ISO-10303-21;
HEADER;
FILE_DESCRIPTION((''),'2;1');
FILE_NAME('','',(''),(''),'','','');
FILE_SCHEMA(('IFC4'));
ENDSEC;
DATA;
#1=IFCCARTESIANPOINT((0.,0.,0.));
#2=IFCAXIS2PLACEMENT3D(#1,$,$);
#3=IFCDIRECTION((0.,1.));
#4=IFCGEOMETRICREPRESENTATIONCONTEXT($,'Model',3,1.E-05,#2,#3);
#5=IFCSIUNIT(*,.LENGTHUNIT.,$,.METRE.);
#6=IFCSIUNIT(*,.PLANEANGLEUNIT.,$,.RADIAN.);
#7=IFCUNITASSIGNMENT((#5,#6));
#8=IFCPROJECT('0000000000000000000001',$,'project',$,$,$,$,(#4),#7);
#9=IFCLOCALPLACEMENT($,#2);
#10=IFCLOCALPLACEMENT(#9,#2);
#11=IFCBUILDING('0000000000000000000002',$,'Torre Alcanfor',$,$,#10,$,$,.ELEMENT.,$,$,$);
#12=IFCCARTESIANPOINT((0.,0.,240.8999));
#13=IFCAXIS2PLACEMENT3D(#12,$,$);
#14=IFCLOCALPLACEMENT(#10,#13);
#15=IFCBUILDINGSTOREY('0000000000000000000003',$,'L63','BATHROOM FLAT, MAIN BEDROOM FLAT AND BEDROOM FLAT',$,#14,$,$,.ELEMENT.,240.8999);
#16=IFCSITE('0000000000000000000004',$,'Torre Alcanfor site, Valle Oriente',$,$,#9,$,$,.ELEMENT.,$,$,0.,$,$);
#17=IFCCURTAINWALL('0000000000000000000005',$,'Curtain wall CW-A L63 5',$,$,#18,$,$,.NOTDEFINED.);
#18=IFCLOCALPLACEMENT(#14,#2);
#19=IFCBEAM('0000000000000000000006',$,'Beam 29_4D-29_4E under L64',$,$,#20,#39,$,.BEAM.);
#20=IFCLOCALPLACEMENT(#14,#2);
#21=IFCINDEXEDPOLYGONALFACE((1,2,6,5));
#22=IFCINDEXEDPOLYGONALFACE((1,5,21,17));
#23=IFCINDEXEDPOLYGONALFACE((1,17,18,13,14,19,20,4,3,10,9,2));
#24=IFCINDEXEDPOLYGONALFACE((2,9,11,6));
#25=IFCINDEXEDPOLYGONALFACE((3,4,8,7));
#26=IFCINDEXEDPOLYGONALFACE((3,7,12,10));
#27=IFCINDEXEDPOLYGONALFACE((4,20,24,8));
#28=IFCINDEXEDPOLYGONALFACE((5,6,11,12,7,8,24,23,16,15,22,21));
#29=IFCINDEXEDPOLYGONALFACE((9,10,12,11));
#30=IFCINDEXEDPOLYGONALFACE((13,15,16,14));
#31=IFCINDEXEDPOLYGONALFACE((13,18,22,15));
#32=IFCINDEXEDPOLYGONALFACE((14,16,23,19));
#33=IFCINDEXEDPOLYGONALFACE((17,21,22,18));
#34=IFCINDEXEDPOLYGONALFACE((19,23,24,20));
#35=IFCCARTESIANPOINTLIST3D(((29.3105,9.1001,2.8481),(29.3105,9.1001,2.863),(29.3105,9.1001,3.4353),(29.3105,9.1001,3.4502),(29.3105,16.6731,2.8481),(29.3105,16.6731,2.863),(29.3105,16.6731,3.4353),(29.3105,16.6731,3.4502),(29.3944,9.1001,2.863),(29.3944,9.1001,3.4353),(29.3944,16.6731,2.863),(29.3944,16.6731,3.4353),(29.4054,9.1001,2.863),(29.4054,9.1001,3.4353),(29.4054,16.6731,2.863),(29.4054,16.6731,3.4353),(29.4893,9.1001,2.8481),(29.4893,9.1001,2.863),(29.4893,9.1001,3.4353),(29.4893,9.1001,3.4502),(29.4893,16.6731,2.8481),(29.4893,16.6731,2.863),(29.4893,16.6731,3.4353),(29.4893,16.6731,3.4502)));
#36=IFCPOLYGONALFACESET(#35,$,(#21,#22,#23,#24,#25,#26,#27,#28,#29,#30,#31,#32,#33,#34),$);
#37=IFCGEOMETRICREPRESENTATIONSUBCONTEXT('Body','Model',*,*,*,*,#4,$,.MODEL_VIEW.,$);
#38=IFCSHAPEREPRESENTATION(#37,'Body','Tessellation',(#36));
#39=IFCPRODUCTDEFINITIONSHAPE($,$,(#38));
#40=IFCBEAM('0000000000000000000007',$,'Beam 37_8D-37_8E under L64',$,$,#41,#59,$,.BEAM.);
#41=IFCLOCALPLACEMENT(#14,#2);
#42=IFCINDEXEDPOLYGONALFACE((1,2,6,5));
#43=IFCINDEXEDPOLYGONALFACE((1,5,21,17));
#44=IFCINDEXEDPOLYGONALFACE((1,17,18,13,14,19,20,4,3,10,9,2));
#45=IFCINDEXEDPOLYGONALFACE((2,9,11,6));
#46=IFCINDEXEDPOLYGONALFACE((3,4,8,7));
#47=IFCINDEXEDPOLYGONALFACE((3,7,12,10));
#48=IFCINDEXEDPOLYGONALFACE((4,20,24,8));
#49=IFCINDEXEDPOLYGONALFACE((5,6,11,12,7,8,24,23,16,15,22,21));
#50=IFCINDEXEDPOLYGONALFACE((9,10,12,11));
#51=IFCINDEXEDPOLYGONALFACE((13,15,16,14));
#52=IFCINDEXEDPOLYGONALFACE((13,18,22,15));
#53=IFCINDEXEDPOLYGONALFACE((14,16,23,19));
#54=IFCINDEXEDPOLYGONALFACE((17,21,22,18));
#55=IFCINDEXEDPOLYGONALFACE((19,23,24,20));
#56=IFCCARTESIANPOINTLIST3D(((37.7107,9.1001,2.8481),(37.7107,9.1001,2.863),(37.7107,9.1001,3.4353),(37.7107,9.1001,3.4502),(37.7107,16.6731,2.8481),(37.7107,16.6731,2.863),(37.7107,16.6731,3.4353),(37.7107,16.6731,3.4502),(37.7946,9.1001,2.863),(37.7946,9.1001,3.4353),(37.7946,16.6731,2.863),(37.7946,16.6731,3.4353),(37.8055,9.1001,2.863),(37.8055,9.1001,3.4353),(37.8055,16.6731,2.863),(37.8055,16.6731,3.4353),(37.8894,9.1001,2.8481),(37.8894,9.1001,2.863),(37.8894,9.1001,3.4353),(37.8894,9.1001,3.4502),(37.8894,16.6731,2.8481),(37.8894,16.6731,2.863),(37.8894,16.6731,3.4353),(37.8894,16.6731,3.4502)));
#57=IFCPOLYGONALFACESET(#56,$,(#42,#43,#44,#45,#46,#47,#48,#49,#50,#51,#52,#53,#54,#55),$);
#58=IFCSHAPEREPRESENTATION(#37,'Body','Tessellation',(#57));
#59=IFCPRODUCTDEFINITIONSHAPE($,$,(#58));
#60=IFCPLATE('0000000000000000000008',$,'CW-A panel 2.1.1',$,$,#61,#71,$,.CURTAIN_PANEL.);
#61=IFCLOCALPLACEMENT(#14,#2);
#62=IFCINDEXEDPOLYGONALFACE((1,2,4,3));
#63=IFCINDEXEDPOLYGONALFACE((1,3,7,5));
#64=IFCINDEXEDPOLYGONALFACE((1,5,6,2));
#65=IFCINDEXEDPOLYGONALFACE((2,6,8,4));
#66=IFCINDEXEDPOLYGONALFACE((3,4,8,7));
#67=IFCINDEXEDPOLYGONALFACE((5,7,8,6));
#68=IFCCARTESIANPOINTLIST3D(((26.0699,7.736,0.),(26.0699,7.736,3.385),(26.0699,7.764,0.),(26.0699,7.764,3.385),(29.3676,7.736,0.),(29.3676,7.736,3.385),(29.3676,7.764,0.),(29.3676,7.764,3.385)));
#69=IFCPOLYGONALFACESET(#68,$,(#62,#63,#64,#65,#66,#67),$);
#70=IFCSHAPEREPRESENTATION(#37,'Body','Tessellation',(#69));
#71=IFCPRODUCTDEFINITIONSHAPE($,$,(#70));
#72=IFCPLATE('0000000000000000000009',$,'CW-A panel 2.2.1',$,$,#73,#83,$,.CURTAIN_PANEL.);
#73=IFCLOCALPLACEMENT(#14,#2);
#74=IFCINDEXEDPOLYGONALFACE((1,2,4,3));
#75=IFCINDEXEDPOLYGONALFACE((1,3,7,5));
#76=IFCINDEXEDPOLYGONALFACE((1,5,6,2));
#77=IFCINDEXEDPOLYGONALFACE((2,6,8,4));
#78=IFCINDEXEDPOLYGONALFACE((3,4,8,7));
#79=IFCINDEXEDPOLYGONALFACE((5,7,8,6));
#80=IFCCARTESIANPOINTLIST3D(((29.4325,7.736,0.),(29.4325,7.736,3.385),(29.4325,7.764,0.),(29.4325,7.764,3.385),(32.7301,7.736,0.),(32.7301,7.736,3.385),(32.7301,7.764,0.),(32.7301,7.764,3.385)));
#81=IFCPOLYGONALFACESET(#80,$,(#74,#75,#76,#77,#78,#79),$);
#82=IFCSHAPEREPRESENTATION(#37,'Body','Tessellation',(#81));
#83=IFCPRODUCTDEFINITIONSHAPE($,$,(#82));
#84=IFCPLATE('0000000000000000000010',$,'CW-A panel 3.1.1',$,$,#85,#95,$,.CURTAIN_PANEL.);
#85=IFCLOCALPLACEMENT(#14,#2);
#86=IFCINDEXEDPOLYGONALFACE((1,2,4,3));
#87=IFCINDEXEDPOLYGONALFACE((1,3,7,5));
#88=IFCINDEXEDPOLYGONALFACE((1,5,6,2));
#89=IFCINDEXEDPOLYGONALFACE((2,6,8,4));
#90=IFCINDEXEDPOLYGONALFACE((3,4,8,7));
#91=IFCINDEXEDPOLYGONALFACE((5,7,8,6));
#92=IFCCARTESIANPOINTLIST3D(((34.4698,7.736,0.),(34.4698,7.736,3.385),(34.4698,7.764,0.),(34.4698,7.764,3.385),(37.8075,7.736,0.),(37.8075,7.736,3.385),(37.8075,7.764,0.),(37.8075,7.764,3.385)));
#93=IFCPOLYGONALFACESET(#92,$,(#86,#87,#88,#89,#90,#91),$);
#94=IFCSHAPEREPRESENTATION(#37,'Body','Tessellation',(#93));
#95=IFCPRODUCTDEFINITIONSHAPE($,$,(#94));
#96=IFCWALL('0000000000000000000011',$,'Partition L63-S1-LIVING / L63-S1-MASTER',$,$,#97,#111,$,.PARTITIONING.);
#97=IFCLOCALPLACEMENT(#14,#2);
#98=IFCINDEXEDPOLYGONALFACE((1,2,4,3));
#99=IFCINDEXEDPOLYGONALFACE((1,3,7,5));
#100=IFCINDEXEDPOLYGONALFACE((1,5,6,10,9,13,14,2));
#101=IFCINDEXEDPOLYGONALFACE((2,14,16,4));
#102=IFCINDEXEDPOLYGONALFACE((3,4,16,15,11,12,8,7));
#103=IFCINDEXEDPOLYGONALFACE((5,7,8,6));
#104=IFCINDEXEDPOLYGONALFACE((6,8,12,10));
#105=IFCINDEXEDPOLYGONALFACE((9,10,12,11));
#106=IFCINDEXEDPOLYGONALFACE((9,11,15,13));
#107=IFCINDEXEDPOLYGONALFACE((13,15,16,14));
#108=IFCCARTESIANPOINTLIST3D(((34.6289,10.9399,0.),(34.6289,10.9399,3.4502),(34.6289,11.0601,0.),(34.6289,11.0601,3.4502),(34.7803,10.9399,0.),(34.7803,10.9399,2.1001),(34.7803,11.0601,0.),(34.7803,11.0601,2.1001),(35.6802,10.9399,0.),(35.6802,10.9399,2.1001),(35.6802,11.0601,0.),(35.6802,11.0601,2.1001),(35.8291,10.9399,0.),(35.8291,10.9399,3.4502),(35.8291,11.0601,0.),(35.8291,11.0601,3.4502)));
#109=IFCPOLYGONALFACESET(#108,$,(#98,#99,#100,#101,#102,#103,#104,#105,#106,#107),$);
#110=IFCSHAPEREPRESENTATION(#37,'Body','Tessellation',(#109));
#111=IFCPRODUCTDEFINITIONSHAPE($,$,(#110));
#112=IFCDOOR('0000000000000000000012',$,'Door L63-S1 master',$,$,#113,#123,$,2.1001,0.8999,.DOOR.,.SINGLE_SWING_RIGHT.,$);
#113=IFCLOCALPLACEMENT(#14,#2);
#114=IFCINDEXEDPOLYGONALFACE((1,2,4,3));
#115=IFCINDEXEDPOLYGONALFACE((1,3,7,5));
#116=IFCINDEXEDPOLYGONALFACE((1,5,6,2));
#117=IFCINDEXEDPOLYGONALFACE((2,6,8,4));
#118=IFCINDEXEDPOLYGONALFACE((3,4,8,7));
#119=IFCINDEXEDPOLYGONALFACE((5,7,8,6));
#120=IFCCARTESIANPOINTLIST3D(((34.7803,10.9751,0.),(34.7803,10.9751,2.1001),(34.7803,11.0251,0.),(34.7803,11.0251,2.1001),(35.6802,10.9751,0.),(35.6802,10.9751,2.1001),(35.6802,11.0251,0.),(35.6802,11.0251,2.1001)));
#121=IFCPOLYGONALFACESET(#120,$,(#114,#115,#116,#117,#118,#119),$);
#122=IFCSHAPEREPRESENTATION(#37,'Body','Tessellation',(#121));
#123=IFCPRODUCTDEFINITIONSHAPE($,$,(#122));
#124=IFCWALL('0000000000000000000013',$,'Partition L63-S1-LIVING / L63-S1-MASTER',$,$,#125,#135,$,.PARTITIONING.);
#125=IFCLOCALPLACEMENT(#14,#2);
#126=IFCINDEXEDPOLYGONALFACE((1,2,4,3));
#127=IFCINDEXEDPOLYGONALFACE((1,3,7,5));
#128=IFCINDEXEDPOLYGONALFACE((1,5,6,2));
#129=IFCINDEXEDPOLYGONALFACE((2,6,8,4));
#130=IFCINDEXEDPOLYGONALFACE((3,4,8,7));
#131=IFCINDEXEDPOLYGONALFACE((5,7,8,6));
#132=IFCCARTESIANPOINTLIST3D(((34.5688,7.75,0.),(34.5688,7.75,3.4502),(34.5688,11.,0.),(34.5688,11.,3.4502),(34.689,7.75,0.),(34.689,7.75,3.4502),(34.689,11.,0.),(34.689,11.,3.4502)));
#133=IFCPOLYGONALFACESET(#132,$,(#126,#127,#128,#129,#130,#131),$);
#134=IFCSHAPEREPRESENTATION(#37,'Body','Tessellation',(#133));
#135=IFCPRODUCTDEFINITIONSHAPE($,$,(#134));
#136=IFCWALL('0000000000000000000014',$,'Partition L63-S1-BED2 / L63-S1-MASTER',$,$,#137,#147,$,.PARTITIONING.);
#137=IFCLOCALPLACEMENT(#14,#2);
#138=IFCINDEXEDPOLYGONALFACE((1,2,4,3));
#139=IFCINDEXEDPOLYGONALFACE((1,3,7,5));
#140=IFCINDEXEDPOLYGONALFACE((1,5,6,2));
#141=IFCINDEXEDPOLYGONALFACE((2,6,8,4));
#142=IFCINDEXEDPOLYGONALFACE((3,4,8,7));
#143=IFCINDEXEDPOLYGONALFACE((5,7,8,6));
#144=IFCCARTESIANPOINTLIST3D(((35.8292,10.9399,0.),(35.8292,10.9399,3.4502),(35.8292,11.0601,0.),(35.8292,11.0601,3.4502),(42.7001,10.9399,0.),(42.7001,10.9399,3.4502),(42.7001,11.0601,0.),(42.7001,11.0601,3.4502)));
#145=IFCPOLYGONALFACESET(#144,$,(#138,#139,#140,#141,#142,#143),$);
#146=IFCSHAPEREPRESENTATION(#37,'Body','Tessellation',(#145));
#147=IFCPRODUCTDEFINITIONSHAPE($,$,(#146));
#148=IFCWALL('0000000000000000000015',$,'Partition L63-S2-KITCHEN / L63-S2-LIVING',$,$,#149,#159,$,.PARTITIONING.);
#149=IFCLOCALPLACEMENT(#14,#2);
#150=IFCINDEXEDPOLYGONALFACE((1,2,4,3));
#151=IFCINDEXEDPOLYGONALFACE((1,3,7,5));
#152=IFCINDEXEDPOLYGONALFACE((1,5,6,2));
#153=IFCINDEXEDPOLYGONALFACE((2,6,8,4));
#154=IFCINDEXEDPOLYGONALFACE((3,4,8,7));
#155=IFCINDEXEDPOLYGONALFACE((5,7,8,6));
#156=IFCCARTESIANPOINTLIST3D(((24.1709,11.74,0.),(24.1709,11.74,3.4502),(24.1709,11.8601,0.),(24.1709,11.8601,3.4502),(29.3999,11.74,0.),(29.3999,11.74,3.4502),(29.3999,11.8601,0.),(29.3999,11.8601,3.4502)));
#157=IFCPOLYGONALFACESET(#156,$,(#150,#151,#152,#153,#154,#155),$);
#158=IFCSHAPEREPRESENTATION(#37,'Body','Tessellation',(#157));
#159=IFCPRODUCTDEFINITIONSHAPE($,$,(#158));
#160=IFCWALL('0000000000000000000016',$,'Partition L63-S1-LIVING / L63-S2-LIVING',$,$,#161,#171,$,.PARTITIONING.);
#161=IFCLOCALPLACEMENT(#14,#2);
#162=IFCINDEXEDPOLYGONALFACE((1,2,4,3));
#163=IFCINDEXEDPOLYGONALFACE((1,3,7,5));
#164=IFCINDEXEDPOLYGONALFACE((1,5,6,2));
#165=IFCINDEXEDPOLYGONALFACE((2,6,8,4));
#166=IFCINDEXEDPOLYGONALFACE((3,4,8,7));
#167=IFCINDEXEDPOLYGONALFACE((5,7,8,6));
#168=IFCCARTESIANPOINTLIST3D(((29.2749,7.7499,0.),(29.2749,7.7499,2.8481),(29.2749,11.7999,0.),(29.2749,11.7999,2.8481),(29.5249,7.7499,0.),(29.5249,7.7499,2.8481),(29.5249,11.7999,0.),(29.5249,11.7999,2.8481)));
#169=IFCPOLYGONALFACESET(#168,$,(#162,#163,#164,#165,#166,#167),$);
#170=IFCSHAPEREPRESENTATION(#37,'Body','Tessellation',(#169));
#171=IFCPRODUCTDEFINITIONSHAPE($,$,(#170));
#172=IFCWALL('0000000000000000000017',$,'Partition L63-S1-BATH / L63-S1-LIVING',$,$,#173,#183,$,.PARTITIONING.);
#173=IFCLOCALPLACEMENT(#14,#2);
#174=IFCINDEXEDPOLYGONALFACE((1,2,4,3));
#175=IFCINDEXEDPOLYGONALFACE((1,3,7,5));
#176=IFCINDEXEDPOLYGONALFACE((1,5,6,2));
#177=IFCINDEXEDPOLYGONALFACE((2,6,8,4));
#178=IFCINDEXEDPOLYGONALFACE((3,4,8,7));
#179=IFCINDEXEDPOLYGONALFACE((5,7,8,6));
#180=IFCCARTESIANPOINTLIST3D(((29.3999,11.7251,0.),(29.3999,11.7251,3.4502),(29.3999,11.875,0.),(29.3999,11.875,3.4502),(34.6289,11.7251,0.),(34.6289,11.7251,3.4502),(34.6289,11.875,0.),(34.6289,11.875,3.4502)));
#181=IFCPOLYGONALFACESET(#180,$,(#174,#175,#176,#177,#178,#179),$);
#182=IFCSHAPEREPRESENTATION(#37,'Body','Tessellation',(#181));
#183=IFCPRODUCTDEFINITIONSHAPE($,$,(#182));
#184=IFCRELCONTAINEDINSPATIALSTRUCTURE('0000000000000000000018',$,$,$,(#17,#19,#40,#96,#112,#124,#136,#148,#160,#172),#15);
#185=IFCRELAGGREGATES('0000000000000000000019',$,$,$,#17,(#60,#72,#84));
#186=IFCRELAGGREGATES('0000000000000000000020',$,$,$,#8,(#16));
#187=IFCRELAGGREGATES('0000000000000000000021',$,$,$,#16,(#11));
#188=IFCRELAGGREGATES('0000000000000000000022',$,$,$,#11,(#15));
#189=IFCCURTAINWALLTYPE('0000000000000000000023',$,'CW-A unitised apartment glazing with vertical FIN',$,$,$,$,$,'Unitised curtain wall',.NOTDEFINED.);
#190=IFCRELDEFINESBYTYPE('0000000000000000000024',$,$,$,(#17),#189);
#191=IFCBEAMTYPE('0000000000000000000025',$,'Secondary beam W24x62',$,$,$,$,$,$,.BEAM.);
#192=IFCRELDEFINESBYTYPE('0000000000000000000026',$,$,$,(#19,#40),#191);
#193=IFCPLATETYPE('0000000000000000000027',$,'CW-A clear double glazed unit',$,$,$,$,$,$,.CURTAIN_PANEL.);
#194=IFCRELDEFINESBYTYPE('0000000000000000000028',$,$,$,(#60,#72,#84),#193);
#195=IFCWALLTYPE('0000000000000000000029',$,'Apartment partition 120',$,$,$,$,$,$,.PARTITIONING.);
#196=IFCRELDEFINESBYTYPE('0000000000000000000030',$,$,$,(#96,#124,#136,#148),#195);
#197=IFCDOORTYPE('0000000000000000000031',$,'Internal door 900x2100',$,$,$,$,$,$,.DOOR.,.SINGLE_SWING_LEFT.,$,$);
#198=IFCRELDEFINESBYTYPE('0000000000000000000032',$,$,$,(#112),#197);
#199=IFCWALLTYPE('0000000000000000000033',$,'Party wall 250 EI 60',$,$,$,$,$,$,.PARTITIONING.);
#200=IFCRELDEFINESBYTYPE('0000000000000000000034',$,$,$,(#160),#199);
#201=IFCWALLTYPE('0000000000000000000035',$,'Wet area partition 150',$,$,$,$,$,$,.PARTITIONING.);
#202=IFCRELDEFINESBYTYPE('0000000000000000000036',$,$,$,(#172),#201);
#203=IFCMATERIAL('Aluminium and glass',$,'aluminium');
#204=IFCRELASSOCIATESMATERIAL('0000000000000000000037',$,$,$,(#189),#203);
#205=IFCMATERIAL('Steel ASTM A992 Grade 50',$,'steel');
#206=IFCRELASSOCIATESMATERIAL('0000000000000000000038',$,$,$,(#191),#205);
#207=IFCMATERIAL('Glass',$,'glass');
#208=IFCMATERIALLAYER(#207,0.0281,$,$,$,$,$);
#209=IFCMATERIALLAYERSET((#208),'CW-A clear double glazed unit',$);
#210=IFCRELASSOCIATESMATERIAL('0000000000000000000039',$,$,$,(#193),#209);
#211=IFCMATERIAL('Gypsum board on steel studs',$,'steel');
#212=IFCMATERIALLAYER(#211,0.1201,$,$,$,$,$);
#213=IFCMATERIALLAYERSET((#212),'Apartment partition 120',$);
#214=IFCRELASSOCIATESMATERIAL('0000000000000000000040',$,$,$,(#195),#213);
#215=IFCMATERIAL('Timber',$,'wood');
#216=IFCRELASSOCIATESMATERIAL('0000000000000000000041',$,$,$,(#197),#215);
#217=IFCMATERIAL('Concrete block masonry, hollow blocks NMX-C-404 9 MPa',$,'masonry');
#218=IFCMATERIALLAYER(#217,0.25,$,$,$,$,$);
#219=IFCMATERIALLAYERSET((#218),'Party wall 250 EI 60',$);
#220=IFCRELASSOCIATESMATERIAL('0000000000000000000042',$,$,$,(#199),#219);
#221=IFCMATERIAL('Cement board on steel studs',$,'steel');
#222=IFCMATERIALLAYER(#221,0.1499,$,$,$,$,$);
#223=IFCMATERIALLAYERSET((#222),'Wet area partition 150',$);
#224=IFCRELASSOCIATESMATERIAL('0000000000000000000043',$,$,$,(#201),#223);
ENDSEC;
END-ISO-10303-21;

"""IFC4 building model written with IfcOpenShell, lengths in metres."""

from ifc_helpers import new_model, si_unit, direction, frame, frame_2d, origin, origin_2d, place, context, subcontext, project, spatial, rectangle, i_section, extrude, material, layer, layer_set, material_profile, profile_set, type_object, element, fill, aggregate, save


model = new_model("IFC4")

# Units and contexts
model_context = context("Model", 3, precision=1e-05, world=origin(), true_north=direction((0.0, 1.0)))
body_context = subcontext(model_context, "Body", "Model", "MODEL_VIEW")
ifc_project = project(units=[si_unit("LENGTHUNIT", "METRE"), si_unit("PLANEANGLEUNIT", "RADIAN")], contexts=[model_context])

# Site, building, storey
site_placement = place(None, origin())
site = spatial("IfcSite", under=ifc_project, at=site_placement, Name="Torre Alcanfor site, Valle Oriente", CompositionType="ELEMENT", RefElevation=0.0)
building_placement = place(site_placement, origin())
building = spatial("IfcBuilding", under=site, at=building_placement, Name="Torre Alcanfor", CompositionType="ELEMENT")
storey_placement = place(building_placement, frame((0.0, 0.0, 240.8999)))
storey = spatial("IfcBuildingStorey", under=building, at=storey_placement, Name="L63", Description="BATHROOM FLAT, MAIN BEDROOM FLAT AND BEDROOM FLAT", CompositionType="ELEMENT", Elevation=240.8999)

# Curtain wall
ifc_material_1 = material(Name="Aluminium and glass", Category="aluminium")
curtain_wall_type = type_object("IfcCurtainWallType", Name="CW-A unitised apartment glazing with vertical FIN", ElementType="Unitised curtain wall", PredefinedType="NOTDEFINED", material=ifc_material_1)
curtain_wall_placement = place(storey_placement, origin())
curtain_wall = element("IfcCurtainWall", 1, at=curtain_wall_placement, inside=storey, type_object=curtain_wall_type, Name="Curtain wall CW-A L63 5", PredefinedType="NOTDEFINED")

# Beams
ifc_material_2 = material(Name="Steel ASTM A992 Grade 50", Category="steel")
ifc_material_profile_1 = material_profile(ifc_material_2, i_section(OverallWidth=0.1787, OverallDepth=0.6021, WebThickness=0.011, FlangeThickness=0.0149, at=origin_2d()), Name="W24x62")
ifc_profile_set_1 = profile_set([ifc_material_profile_1], Name="Steel ASTM A992 Grade 50")
beam_type_1 = type_object("IfcBeamType", Name="Secondary beam W24x62", PredefinedType="BEAM", material=ifc_profile_set_1)
for number, where, z_axis, x_axis, name in (
    (2, (29.3999, 9.1001, 3.1492), (0.0, 1.0, 0.0), (-1.0, 0.0, 0.0), "Beam 29_4D-29_4E under L64"),
    (3, (37.8, 9.1001, 3.1492), (0.0, 1.0, 0.0), (-1.0, 0.0, 0.0), "Beam 37_8D-37_8E under L64"),
):
    element("IfcBeam", number, at=place(storey_placement, frame(where, z_axis=z_axis, x_axis=x_axis)), inside=storey, type_object=beam_type_1, Name=name, PredefinedType="BEAM", context=body_context, shape_type="SweptSolid", body=[
        extrude(i_section(OverallWidth=0.1787, OverallDepth=0.6021, WebThickness=0.011, FlangeThickness=0.0149, at=origin_2d()), origin(), (0.0, 0.0, 1.0), 7.573),
    ])

# Plates
ifc_material_3 = material(Name="Glass", Category="glass")
ifc_layer_1 = layer(ifc_material_3, 0.0281)
ifc_layer_set_1 = layer_set([ifc_layer_1], Name="CW-A clear double glazed unit")
plate_type = type_object("IfcPlateType", Name="CW-A clear double glazed unit", PredefinedType="CURTAIN_PANEL", material=ifc_layer_set_1)
plate_1_placement = place(storey_placement, frame((27.7188, 7.75, 0.0), z_axis=(0.0, 0.0, 1.0), x_axis=(1.0, 0.0, 0.0)))
plate_1 = element("IfcPlate", 4, at=plate_1_placement, type_object=plate_type, Name="CW-A panel 2.1.1", PredefinedType="CURTAIN_PANEL", context=body_context, shape_type="SweptSolid", body=[
    extrude(rectangle(XDim=3.2976, YDim=0.0281, at=origin_2d()), origin(), (0.0, 0.0, 1.0), 3.385),
])
plate_2_placement = place(storey_placement, frame((31.0813, 7.75, 0.0), z_axis=(0.0, 0.0, 1.0), x_axis=(1.0, 0.0, 0.0)))
plate_2 = element("IfcPlate", 5, at=plate_2_placement, type_object=plate_type, Name="CW-A panel 2.2.1", PredefinedType="CURTAIN_PANEL", context=body_context, shape_type="SweptSolid", body=[
    extrude(rectangle(XDim=3.2976, YDim=0.0281, at=origin_2d()), origin(), (0.0, 0.0, 1.0), 3.385),
])
plate_3_placement = place(storey_placement, frame((36.1387, 7.75, 0.0), z_axis=(0.0, 0.0, 1.0), x_axis=(1.0, 0.0, 0.0)))
plate_3 = element("IfcPlate", 6, at=plate_3_placement, type_object=plate_type, Name="CW-A panel 3.1.1", PredefinedType="CURTAIN_PANEL", context=body_context, shape_type="SweptSolid", body=[
    extrude(rectangle(XDim=3.3376, YDim=0.0281, at=origin_2d()), origin(), (0.0, 0.0, 1.0), 3.385),
])
aggregate(curtain_wall, [plate_1, plate_2, plate_3])

# Wall, opening, door
ifc_material_4 = material(Name="Gypsum board on steel studs", Category="steel")
ifc_layer_2 = layer(ifc_material_4, 0.1201)
ifc_layer_set_2 = layer_set([ifc_layer_2], Name="Apartment partition 120")
wall_type_1 = type_object("IfcWallType", Name="Apartment partition 120", PredefinedType="PARTITIONING", material=ifc_layer_set_2)
wall_1_placement = place(storey_placement, frame((35.8291, 11.0, 0.0), z_axis=(0.0, 0.0, 1.0), x_axis=(-1.0, 0.0, 0.0)))
wall_1 = element("IfcWall", 7, at=wall_1_placement, inside=storey, type_object=wall_type_1, Name="Partition L63-S1-LIVING / L63-S1-MASTER", PredefinedType="PARTITIONING", context=body_context, shape_type="SweptSolid", body=[
    extrude(rectangle(XDim=1.2002, YDim=0.1201, at=frame_2d((0.6001, 0.0))), origin(), (0.0, 0.0, 1.0), 3.4502),
])
opening_placement = place(wall_1_placement, frame((0.1489, 0.0, 0.0)))
opening = element("IfcOpeningElement", 8, at=opening_placement, cuts=wall_1, PredefinedType="OPENING", context=body_context, shape_type="SweptSolid", body=[
    extrude(rectangle(XDim=0.8999, YDim=2.1001, at=frame_2d((0.45, 1.05))), frame((0.0, 0.0701, 0.0), z_axis=(0.0, -1.0, 0.0), x_axis=(1.0, 0.0, 0.0)), (0.0, 0.0, 1.0), 0.1401),
])
ifc_material_5 = material(Name="Timber", Category="wood")
door_type = type_object("IfcDoorType", Name="Internal door 900x2100", OperationType="SINGLE_SWING_LEFT", PredefinedType="DOOR", material=ifc_material_5)
door_placement = place(opening_placement, origin())
door = element("IfcDoor", 9, at=door_placement, inside=storey, type_object=door_type, Name="Door L63-S1 master", OperationType="SINGLE_SWING_RIGHT", OverallHeight=2.1001, OverallWidth=0.8999, PredefinedType="DOOR", context=body_context, shape_type="SweptSolid", body=[
    extrude(rectangle(XDim=0.8999, YDim=2.1001, at=frame_2d((0.45, 1.05))), frame((0.0, 0.0249, 0.0), z_axis=(0.0, -1.0, 0.0), x_axis=(1.0, 0.0, 0.0)), (0.0, 0.0, 1.0), 0.05),
])
fill(opening, door)

# Walls
wall_2_placement = place(storey_placement, frame((34.6289, 11.0, 0.0), z_axis=(0.0, 0.0, 1.0), x_axis=(0.0, -1.0, 0.0)))
element("IfcWall", 10, at=wall_2_placement, inside=storey, type_object=wall_type_1, Name="Partition L63-S1-LIVING / L63-S1-MASTER", PredefinedType="PARTITIONING", context=body_context, shape_type="SweptSolid", body=[
    extrude(rectangle(XDim=3.25, YDim=0.1201, at=frame_2d((1.625, 0.0))), origin(), (0.0, 0.0, 1.0), 3.4502),
])
wall_3_placement = place(storey_placement, frame((35.8291, 11.0, 0.0), z_axis=(0.0, 0.0, 1.0), x_axis=(1.0, 0.0, 0.0)))
element("IfcWall", 11, at=wall_3_placement, inside=storey, type_object=wall_type_1, Name="Partition L63-S1-BED2 / L63-S1-MASTER", PredefinedType="PARTITIONING", context=body_context, shape_type="SweptSolid", body=[
    extrude(rectangle(XDim=6.8708, YDim=0.1201, at=frame_2d((3.4355, 0.0))), origin(), (0.0, 0.0, 1.0), 3.4502),
])
wall_4_placement = place(storey_placement, frame((29.3999, 11.8, 0.0), z_axis=(0.0, 0.0, 1.0), x_axis=(-1.0, 0.0, 0.0)))
element("IfcWall", 12, at=wall_4_placement, inside=storey, type_object=wall_type_1, Name="Partition L63-S2-KITCHEN / L63-S2-LIVING", PredefinedType="PARTITIONING", context=body_context, shape_type="SweptSolid", body=[
    extrude(rectangle(XDim=5.229, YDim=0.1201, at=frame_2d((2.6145, 0.0))), origin(), (0.0, 0.0, 1.0), 3.4502),
])
ifc_material_6 = material(Name="Concrete block masonry, hollow blocks NMX-C-404 9 MPa", Category="masonry")
ifc_layer_3 = layer(ifc_material_6, 0.25)
ifc_layer_set_3 = layer_set([ifc_layer_3], Name="Party wall 250 EI 60")
wall_type_2 = type_object("IfcWallType", Name="Party wall 250 EI 60", PredefinedType="PARTITIONING", material=ifc_layer_set_3)
wall_5_placement = place(storey_placement, frame((29.3999, 7.75, 0.0), z_axis=(0.0, 0.0, 1.0), x_axis=(0.0, 1.0, 0.0)))
element("IfcWall", 13, at=wall_5_placement, inside=storey, type_object=wall_type_2, Name="Partition L63-S1-LIVING / L63-S2-LIVING", PredefinedType="PARTITIONING", context=body_context, shape_type="SweptSolid", body=[
    extrude(rectangle(XDim=4.05, YDim=0.25, at=frame_2d((2.0249, 0.0))), origin(), (0.0, 0.0, 1.0), 2.8481),
])
ifc_material_7 = material(Name="Cement board on steel studs", Category="steel")
ifc_layer_4 = layer(ifc_material_7, 0.1499)
ifc_layer_set_4 = layer_set([ifc_layer_4], Name="Wet area partition 150")
wall_type_3 = type_object("IfcWallType", Name="Wet area partition 150", PredefinedType="PARTITIONING", material=ifc_layer_set_4)
wall_6_placement = place(storey_placement, frame((29.3999, 11.8, 0.0), z_axis=(0.0, 0.0, 1.0), x_axis=(1.0, 0.0, 0.0)))
element("IfcWall", 14, at=wall_6_placement, inside=storey, type_object=wall_type_3, Name="Partition L63-S1-BATH / L63-S1-LIVING", PredefinedType="PARTITIONING", context=body_context, shape_type="SweptSolid", body=[
    extrude(rectangle(XDim=5.229, YDim=0.1499, at=frame_2d((2.6145, 0.0))), origin(), (0.0, 0.0, 1.0), 3.4502),
])

save(model, "model.ifc")
